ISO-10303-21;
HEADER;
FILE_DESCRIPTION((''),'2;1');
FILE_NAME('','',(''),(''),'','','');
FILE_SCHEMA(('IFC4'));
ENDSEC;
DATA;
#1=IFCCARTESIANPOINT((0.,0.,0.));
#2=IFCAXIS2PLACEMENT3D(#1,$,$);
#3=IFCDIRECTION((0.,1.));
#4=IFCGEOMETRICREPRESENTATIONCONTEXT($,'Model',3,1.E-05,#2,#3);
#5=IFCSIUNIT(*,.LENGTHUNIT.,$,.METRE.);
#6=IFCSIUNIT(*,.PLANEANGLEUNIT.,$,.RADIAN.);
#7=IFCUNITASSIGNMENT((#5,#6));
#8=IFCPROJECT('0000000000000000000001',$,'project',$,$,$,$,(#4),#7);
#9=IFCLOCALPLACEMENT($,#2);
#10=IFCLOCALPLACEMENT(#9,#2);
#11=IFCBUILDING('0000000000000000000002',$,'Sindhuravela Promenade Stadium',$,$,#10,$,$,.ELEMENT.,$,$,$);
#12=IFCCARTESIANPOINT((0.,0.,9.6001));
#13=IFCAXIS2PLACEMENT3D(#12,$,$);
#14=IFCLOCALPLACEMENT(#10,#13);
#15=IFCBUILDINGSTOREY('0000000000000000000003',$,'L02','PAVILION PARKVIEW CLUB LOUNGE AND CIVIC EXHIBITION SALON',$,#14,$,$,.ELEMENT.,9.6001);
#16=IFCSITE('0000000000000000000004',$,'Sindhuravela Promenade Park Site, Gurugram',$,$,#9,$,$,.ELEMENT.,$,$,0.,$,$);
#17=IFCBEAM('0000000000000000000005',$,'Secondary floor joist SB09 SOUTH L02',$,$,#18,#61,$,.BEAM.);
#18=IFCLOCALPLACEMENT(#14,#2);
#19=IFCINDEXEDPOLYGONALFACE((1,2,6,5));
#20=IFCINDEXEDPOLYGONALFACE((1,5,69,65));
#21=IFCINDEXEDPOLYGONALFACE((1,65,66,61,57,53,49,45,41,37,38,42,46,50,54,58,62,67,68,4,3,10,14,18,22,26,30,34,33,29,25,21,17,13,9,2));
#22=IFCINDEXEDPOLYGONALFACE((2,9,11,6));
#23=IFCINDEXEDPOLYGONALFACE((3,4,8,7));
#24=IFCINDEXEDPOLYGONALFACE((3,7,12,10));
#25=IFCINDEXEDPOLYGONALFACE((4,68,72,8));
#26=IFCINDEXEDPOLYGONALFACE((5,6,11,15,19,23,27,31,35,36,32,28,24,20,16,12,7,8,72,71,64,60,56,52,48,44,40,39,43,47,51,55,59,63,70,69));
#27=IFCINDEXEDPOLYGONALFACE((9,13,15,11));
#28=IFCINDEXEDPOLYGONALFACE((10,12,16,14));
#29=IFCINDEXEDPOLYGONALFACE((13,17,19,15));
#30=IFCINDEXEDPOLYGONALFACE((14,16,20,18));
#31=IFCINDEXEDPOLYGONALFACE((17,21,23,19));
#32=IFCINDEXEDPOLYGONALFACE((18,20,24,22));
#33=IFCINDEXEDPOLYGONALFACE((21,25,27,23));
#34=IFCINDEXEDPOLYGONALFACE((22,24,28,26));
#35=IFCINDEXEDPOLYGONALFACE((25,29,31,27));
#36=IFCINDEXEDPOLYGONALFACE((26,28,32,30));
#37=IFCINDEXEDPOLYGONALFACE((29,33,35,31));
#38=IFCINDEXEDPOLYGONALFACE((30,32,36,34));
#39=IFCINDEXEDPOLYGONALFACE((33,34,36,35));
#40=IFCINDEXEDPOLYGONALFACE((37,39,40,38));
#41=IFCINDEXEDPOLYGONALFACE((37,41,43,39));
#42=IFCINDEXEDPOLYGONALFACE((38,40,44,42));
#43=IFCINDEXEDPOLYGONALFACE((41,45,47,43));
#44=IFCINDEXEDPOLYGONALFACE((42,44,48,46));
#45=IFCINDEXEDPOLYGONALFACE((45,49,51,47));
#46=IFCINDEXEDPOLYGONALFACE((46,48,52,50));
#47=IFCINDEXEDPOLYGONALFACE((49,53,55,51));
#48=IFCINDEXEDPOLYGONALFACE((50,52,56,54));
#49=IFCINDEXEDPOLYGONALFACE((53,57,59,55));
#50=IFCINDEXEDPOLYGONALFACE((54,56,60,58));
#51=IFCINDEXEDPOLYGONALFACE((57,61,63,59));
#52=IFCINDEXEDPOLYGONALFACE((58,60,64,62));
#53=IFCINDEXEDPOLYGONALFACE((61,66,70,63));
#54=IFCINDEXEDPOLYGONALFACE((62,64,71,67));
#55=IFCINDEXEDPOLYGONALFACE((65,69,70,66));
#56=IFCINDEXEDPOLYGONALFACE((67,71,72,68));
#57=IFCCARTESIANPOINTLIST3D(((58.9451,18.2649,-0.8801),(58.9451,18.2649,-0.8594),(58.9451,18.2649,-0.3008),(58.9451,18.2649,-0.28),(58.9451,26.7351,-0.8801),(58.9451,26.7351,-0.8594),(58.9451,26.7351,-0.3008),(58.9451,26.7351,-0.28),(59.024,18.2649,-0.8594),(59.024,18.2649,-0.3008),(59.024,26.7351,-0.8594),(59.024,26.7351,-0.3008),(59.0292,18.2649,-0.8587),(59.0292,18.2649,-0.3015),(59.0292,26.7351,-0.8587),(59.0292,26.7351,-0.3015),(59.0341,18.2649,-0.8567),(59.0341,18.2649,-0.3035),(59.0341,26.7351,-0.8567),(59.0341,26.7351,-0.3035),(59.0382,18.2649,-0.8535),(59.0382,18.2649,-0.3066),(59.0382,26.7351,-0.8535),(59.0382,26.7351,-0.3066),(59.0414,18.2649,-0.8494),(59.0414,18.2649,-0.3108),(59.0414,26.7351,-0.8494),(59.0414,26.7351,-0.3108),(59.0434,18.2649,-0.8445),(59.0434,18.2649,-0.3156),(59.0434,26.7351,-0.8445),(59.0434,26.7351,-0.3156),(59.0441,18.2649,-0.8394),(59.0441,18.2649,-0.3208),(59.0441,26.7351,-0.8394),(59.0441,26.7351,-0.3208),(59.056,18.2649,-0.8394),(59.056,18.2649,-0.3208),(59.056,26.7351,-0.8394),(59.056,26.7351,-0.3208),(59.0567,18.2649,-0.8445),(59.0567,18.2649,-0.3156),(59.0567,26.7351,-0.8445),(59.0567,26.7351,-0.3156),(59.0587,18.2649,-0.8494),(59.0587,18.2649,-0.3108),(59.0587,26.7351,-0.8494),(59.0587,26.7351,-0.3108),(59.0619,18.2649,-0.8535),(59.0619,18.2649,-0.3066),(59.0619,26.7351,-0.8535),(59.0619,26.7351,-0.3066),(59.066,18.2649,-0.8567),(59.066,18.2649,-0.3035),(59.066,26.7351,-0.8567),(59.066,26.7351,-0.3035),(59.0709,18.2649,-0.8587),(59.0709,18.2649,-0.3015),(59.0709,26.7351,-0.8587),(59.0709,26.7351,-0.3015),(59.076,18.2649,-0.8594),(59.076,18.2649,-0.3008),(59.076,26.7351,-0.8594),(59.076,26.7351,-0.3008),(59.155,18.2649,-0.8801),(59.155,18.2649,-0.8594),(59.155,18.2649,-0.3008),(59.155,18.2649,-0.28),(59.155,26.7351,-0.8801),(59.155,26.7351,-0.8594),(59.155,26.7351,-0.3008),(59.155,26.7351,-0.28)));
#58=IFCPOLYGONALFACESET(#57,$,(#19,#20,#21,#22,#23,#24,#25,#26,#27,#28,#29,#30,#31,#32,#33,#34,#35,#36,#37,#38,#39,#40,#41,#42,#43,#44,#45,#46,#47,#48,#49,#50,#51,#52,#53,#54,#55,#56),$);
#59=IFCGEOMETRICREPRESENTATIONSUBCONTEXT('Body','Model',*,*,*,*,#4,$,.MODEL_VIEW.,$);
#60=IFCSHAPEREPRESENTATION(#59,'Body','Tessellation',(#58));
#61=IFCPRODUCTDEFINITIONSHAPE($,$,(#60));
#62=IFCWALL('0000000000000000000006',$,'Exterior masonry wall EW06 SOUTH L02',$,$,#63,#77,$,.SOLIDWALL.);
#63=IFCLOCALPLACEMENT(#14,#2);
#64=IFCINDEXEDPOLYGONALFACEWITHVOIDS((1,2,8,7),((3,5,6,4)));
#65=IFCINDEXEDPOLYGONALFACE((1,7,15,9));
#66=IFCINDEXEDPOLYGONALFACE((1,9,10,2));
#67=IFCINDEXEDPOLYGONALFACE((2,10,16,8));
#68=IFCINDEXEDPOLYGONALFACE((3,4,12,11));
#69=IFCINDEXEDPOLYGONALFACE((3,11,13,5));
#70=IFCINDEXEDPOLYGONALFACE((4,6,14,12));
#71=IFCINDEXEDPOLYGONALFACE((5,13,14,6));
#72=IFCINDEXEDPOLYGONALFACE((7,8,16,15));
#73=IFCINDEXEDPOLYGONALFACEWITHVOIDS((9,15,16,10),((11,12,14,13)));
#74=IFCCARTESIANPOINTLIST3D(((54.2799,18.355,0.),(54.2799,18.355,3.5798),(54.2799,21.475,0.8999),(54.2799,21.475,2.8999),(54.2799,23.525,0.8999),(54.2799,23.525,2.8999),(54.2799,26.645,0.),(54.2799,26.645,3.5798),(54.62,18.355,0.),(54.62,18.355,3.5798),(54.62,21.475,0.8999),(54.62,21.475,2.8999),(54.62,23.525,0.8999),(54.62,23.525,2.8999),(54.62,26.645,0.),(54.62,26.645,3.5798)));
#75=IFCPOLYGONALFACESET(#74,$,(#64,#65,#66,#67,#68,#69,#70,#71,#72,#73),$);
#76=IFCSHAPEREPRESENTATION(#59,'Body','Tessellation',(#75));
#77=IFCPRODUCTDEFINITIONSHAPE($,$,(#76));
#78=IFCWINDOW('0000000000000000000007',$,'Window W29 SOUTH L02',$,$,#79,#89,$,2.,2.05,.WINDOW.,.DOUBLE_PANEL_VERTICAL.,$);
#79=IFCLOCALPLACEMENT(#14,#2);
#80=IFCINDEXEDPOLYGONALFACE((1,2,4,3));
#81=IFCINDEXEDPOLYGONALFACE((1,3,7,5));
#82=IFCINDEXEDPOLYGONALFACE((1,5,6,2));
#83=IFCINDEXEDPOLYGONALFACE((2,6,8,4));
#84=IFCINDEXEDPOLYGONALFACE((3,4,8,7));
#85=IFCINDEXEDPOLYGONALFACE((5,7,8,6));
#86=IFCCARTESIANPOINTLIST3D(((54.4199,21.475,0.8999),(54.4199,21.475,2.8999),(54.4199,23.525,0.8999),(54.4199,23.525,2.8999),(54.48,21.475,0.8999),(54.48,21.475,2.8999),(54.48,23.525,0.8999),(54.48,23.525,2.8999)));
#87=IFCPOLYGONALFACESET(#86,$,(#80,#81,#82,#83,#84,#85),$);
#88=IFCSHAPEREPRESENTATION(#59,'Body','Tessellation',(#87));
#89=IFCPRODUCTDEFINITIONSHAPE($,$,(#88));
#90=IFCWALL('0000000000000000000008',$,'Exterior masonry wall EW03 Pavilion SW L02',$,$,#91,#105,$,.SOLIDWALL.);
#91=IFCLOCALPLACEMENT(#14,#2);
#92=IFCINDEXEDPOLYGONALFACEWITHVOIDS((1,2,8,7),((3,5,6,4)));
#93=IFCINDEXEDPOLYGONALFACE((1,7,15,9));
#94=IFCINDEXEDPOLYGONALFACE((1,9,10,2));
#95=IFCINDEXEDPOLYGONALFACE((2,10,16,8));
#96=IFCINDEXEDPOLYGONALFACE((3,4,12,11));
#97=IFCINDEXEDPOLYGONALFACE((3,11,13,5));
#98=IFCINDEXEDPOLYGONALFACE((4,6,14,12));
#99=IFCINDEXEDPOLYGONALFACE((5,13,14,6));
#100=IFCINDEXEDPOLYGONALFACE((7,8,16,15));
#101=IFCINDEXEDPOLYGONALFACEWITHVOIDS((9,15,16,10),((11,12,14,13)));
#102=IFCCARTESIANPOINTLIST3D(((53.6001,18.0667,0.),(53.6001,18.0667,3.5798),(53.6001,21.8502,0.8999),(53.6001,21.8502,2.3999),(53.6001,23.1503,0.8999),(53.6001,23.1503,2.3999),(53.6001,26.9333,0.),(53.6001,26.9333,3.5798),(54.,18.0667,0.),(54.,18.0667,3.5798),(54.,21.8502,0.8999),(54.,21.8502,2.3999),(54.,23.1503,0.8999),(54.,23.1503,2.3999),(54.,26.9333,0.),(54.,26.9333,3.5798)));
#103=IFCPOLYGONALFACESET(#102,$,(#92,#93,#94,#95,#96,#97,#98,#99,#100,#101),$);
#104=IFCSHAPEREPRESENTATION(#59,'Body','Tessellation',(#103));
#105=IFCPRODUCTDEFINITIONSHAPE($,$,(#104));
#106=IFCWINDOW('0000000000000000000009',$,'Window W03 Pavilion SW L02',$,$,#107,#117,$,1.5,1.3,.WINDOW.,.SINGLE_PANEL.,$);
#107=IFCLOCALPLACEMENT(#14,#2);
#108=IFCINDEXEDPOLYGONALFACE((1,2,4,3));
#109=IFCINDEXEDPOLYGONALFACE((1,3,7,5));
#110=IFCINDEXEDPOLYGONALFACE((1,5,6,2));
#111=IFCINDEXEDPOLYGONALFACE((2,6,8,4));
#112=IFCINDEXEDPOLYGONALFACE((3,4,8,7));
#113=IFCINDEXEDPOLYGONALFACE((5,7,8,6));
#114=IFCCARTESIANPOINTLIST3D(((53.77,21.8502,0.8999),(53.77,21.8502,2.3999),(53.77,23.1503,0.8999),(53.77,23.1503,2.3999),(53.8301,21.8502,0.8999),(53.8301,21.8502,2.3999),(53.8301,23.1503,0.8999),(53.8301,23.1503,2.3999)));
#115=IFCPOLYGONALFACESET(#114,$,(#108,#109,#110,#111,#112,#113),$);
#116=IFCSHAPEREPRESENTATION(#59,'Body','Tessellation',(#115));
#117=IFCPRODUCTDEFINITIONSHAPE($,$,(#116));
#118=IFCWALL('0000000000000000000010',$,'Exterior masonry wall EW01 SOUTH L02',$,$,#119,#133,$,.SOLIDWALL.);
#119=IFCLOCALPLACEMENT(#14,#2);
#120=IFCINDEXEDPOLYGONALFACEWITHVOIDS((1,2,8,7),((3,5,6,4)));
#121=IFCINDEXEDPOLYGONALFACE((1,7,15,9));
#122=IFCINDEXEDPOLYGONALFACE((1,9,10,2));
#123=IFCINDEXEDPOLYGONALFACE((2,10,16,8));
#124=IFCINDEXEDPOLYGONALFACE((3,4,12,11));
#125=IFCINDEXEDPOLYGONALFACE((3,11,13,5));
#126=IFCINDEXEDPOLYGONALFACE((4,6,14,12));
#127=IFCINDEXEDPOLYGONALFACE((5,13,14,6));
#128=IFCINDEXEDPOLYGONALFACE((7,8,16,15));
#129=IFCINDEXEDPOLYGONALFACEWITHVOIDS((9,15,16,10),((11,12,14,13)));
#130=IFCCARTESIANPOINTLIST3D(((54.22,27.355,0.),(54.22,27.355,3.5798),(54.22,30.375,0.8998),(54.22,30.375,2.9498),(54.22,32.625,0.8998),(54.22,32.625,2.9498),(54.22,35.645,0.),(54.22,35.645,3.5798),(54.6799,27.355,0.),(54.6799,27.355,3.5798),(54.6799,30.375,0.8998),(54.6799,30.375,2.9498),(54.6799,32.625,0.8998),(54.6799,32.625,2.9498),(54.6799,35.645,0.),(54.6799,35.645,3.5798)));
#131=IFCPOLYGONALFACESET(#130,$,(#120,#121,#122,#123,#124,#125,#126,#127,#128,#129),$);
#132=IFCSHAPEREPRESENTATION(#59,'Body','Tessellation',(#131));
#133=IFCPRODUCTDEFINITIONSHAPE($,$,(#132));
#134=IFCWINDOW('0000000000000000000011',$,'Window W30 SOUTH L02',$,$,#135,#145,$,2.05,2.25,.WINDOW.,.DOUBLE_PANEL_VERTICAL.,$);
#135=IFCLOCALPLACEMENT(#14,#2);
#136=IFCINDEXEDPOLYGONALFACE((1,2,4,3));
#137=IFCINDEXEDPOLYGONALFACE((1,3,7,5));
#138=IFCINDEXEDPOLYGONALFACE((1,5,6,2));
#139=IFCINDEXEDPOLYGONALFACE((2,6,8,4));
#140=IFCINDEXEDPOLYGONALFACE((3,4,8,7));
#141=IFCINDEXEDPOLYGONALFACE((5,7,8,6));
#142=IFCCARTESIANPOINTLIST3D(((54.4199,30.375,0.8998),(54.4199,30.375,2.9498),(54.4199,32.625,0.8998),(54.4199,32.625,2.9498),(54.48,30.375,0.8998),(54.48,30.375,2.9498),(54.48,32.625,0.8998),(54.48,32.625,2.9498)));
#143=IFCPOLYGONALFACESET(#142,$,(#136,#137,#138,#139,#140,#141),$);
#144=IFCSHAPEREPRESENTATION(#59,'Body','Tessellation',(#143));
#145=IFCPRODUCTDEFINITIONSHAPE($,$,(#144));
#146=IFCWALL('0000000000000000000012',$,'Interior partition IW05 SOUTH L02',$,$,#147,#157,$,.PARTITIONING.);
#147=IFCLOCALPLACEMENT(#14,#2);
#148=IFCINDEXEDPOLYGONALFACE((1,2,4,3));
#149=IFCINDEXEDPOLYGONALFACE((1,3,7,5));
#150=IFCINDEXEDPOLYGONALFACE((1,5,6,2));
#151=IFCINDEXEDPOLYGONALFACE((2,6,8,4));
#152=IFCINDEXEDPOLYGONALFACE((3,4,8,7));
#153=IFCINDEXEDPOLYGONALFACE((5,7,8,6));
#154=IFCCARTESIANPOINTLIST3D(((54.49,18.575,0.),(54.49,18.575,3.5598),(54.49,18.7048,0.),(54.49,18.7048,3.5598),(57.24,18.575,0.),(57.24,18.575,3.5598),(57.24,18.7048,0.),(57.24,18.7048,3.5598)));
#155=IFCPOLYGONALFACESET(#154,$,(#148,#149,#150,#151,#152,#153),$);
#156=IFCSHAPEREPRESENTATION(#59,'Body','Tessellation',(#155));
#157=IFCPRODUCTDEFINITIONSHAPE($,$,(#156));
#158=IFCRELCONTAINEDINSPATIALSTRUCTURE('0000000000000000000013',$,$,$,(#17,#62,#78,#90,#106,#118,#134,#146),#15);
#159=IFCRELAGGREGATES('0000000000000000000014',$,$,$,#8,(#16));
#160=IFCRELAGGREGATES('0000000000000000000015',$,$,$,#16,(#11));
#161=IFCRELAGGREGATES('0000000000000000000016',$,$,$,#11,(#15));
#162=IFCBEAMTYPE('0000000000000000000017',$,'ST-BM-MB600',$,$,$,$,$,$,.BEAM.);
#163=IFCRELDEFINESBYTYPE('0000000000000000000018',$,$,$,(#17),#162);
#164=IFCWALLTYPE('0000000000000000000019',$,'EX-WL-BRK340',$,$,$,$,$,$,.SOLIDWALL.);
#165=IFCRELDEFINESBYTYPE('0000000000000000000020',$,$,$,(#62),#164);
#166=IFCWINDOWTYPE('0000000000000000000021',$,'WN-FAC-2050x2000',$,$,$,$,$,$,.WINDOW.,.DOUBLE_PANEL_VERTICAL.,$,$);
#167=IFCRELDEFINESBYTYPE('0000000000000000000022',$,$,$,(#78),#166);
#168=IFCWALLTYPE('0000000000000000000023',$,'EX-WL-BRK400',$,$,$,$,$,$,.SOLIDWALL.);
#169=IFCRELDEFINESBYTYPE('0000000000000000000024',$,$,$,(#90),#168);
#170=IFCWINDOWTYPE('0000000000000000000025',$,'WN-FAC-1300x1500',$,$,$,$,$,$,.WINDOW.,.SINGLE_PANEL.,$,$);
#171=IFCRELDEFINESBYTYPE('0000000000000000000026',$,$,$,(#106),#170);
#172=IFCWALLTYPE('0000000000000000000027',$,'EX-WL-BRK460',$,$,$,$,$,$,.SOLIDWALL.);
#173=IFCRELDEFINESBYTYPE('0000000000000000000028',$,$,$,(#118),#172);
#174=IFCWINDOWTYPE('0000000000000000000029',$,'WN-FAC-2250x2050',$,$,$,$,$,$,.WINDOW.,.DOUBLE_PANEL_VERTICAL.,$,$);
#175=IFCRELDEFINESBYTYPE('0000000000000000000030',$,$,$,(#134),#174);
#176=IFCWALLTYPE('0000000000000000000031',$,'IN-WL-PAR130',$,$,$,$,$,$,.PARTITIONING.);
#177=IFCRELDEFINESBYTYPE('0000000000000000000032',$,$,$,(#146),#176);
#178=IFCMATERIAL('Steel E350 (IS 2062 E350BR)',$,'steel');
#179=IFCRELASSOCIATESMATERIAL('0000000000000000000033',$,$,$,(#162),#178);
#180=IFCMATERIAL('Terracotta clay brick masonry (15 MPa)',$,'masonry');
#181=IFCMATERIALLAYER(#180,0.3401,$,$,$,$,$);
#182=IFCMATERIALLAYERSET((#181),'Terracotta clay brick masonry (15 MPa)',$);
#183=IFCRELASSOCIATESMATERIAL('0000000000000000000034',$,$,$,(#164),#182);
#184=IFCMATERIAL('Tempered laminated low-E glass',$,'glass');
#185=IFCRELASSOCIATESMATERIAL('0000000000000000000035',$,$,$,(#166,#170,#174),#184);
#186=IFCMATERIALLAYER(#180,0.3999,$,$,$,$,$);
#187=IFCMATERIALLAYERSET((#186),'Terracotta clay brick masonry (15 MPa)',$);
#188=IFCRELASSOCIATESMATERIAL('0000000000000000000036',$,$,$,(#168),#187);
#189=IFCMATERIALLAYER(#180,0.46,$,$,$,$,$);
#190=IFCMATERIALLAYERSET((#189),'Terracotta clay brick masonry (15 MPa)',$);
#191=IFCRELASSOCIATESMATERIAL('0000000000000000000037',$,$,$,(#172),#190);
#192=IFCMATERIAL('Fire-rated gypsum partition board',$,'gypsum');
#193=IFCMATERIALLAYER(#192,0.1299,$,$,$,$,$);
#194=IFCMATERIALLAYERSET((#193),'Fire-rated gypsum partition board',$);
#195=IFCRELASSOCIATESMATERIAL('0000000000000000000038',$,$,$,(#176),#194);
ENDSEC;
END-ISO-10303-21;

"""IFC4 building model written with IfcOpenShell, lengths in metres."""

from ifc_helpers import new_model, si_unit, direction, frame, frame_2d, origin, origin_2d, place, context, subcontext, project, spatial, rectangle, i_section, extrude, material, layer, layer_set, material_profile, profile_set, type_object, element, fill, save


model = new_model("IFC4")

# Units and contexts
model_context = context("Model", 3, precision=1e-05, world=origin(), true_north=direction((0.0, 1.0)))
body_context = subcontext(model_context, "Body", "Model", "MODEL_VIEW")
ifc_project = project(units=[si_unit("LENGTHUNIT", "METRE"), si_unit("PLANEANGLEUNIT", "RADIAN")], contexts=[model_context])

# Site, building, storey
site_placement = place(None, origin())
site = spatial("IfcSite", under=ifc_project, at=site_placement, Name="Sindhuravela Promenade Park Site, Gurugram", CompositionType="ELEMENT", RefElevation=0.0)
building_placement = place(site_placement, origin())
building = spatial("IfcBuilding", under=site, at=building_placement, Name="Sindhuravela Promenade Stadium", CompositionType="ELEMENT")
storey_placement = place(building_placement, frame((0.0, 0.0, 9.6001)))
storey = spatial("IfcBuildingStorey", under=building, at=storey_placement, Name="L02", Description="PAVILION PARKVIEW CLUB LOUNGE AND CIVIC EXHIBITION SALON", CompositionType="ELEMENT", Elevation=9.6001)

# Beam
ifc_material_1 = material(Name="Steel E350 (IS 2062 E350BR)", Category="steel")
ifc_material_profile_1 = material_profile(ifc_material_1, i_section(OverallWidth=0.21, OverallDepth=0.6001, WebThickness=0.012, FlangeThickness=0.0208, FilletRadius=0.02, at=origin_2d()), Name="ISMB 600")
ifc_profile_set_1 = profile_set([ifc_material_profile_1], Name="Steel E350 (IS 2062 E350BR)")
beam_type_1 = type_object("IfcBeamType", Name="ST-BM-MB600", PredefinedType="BEAM", material=ifc_profile_set_1)
beam_1_placement = place(storey_placement, frame((59.05, 18.2649, -0.5801), z_axis=(0.0, 1.0, 0.0), x_axis=(-1.0, 0.0, 0.0)))
element("IfcBeam", 1, at=beam_1_placement, inside=storey, type_object=beam_type_1, Name="Secondary floor joist SB09 SOUTH L02", PredefinedType="BEAM", context=body_context, shape_type="SweptSolid", body=[
    extrude(i_section(OverallWidth=0.21, OverallDepth=0.6001, WebThickness=0.012, FlangeThickness=0.0208, FilletRadius=0.02, at=origin_2d()), origin(), (0.0, 0.0, 1.0), 8.4702),
])

# Walls, openings, windows
ifc_material_2 = material(Name="Terracotta clay brick masonry (15 MPa)", Category="masonry")
ifc_layer_1 = layer(ifc_material_2, 0.3401)
ifc_layer_set_1 = layer_set([ifc_layer_1], Name="Terracotta clay brick masonry (15 MPa)")
wall_type_1 = type_object("IfcWallType", Name="EX-WL-BRK340", PredefinedType="SOLIDWALL", material=ifc_layer_set_1)
wall_1_placement = place(storey_placement, frame((54.45, 18.355, 0.0), z_axis=(0.0, 0.0, 1.0), x_axis=(0.0, 1.0, 0.0)))
wall_1 = element("IfcWall", 2, at=wall_1_placement, inside=storey, type_object=wall_type_1, Name="Exterior masonry wall EW06 SOUTH L02", PredefinedType="SOLIDWALL", context=body_context, shape_type="SweptSolid", body=[
    extrude(rectangle(XDim=8.29, YDim=0.3401, at=frame_2d((4.145, 0.0))), origin(), (0.0, 0.0, 1.0), 3.5798),
])
opening_1_placement = place(wall_1_placement, frame((3.1201, 0.0, 0.8999)))
opening_1 = element("IfcOpeningElement", 3, at=opening_1_placement, cuts=wall_1, PredefinedType="OPENING", context=body_context, shape_type="SweptSolid", body=[
    extrude(rectangle(XDim=2.05, YDim=2.0, at=frame_2d((1.0249, 1.0))), frame((0.0, 0.1799, 0.0), z_axis=(0.0, -1.0, 0.0), x_axis=(1.0, 0.0, 0.0)), (0.0, 0.0, 1.0), 0.3601),
])
ifc_material_3 = material(Name="Tempered laminated low-E glass", Category="glass")
window_type_1 = type_object("IfcWindowType", Name="WN-FAC-2050x2000", PartitioningType="DOUBLE_PANEL_VERTICAL", PredefinedType="WINDOW", material=ifc_material_3)
window_1_placement = place(opening_1_placement, origin())
window_1 = element("IfcWindow", 4, at=window_1_placement, inside=storey, type_object=window_type_1, Name="Window W29 SOUTH L02", OverallHeight=2.0, OverallWidth=2.05, PartitioningType="DOUBLE_PANEL_VERTICAL", PredefinedType="WINDOW", context=body_context, shape_type="SweptSolid", body=[
    extrude(rectangle(XDim=2.05, YDim=2.0, at=frame_2d((1.0249, 1.0))), frame((0.0, 0.03, 0.0), z_axis=(0.0, -1.0, 0.0), x_axis=(1.0, 0.0, 0.0)), (0.0, 0.0, 1.0), 0.0601),
])
fill(opening_1, window_1)
ifc_layer_2 = layer(ifc_material_2, 0.3999)
ifc_layer_set_2 = layer_set([ifc_layer_2], Name="Terracotta clay brick masonry (15 MPa)")
wall_type_2 = type_object("IfcWallType", Name="EX-WL-BRK400", PredefinedType="SOLIDWALL", material=ifc_layer_set_2)
wall_2_placement = place(storey_placement, frame((53.8, 26.9333, 0.0), z_axis=(0.0, 0.0, 1.0), x_axis=(0.0, -1.0, 0.0)))
wall_2 = element("IfcWall", 5, at=wall_2_placement, inside=storey, type_object=wall_type_2, Name="Exterior masonry wall EW03 Pavilion SW L02", PredefinedType="SOLIDWALL", context=body_context, shape_type="SweptSolid", body=[
    extrude(rectangle(XDim=8.8667, YDim=0.3999, at=frame_2d((4.4333, 0.0))), origin(), (0.0, 0.0, 1.0), 3.5798),
])
opening_2_placement = place(wall_2_placement, frame((3.7832, 0.0, 0.8999)))
opening_2 = element("IfcOpeningElement", 6, at=opening_2_placement, cuts=wall_2, PredefinedType="OPENING", context=body_context, shape_type="SweptSolid", body=[
    extrude(rectangle(XDim=1.3, YDim=1.5, at=frame_2d((0.6499, 0.75))), frame((0.0, 0.21, 0.0), z_axis=(0.0, -1.0, 0.0), x_axis=(1.0, 0.0, 0.0)), (0.0, 0.0, 1.0), 0.4199),
])
window_type_2 = type_object("IfcWindowType", Name="WN-FAC-1300x1500", PartitioningType="SINGLE_PANEL", PredefinedType="WINDOW", material=ifc_material_3)
window_2_placement = place(opening_2_placement, origin())
window_2 = element("IfcWindow", 7, at=window_2_placement, inside=storey, type_object=window_type_2, Name="Window W03 Pavilion SW L02", OverallHeight=1.5, OverallWidth=1.3, PartitioningType="SINGLE_PANEL", PredefinedType="WINDOW", context=body_context, shape_type="SweptSolid", body=[
    extrude(rectangle(XDim=1.3, YDim=1.5, at=frame_2d((0.6499, 0.75))), frame((0.0, 0.03, 0.0), z_axis=(0.0, -1.0, 0.0), x_axis=(1.0, 0.0, 0.0)), (0.0, 0.0, 1.0), 0.0601),
])
fill(opening_2, window_2)
ifc_layer_3 = layer(ifc_material_2, 0.46)
ifc_layer_set_3 = layer_set([ifc_layer_3], Name="Terracotta clay brick masonry (15 MPa)")
wall_type_3 = type_object("IfcWallType", Name="EX-WL-BRK460", PredefinedType="SOLIDWALL", material=ifc_layer_set_3)
wall_3_placement = place(storey_placement, frame((54.45, 27.355, 0.0), z_axis=(0.0, 0.0, 1.0), x_axis=(0.0, 1.0, 0.0)))
wall_3 = element("IfcWall", 8, at=wall_3_placement, inside=storey, type_object=wall_type_3, Name="Exterior masonry wall EW01 SOUTH L02", PredefinedType="SOLIDWALL", context=body_context, shape_type="SweptSolid", body=[
    extrude(rectangle(XDim=8.29, YDim=0.46, at=frame_2d((4.145, 0.0))), origin(), (0.0, 0.0, 1.0), 3.5798),
])
opening_3_placement = place(wall_3_placement, frame((3.02, 0.0, 0.8999)))
opening_3 = element("IfcOpeningElement", 9, at=opening_3_placement, cuts=wall_3, PredefinedType="OPENING", context=body_context, shape_type="SweptSolid", body=[
    extrude(rectangle(XDim=2.25, YDim=2.05, at=frame_2d((1.125, 1.0249))), frame((0.0, 0.24, 0.0), z_axis=(0.0, -1.0, 0.0), x_axis=(1.0, 0.0, 0.0)), (0.0, 0.0, 1.0), 0.48),
])
window_type_3 = type_object("IfcWindowType", Name="WN-FAC-2250x2050", PartitioningType="DOUBLE_PANEL_VERTICAL", PredefinedType="WINDOW", material=ifc_material_3)
window_3_placement = place(opening_3_placement, origin())
window_3 = element("IfcWindow", 10, at=window_3_placement, inside=storey, type_object=window_type_3, Name="Window W30 SOUTH L02", OverallHeight=2.05, OverallWidth=2.25, PartitioningType="DOUBLE_PANEL_VERTICAL", PredefinedType="WINDOW", context=body_context, shape_type="SweptSolid", body=[
    extrude(rectangle(XDim=2.25, YDim=2.05, at=frame_2d((1.125, 1.0249))), frame((0.0, 0.03, 0.0), z_axis=(0.0, -1.0, 0.0), x_axis=(1.0, 0.0, 0.0)), (0.0, 0.0, 1.0), 0.0601),
])
fill(opening_3, window_3)

# Wall
ifc_material_4 = material(Name="Fire-rated gypsum partition board", Category="gypsum")
ifc_layer_4 = layer(ifc_material_4, 0.1299)
ifc_layer_set_4 = layer_set([ifc_layer_4], Name="Fire-rated gypsum partition board")
wall_type_4 = type_object("IfcWallType", Name="IN-WL-PAR130", PredefinedType="PARTITIONING", material=ifc_layer_set_4)
wall_4_placement = place(storey_placement, frame((57.24, 18.6399, 0.0), z_axis=(0.0, 0.0, 1.0), x_axis=(-1.0, 0.0, 0.0)))
element("IfcWall", 11, at=wall_4_placement, inside=storey, type_object=wall_type_4, Name="Interior partition IW05 SOUTH L02", PredefinedType="PARTITIONING", context=body_context, shape_type="SweptSolid", body=[
    extrude(rectangle(XDim=2.75, YDim=0.1299, at=frame_2d((1.375, 0.0))), origin(), (0.0, 0.0, 1.0), 3.5598),
])

save(model, "model.ifc")
